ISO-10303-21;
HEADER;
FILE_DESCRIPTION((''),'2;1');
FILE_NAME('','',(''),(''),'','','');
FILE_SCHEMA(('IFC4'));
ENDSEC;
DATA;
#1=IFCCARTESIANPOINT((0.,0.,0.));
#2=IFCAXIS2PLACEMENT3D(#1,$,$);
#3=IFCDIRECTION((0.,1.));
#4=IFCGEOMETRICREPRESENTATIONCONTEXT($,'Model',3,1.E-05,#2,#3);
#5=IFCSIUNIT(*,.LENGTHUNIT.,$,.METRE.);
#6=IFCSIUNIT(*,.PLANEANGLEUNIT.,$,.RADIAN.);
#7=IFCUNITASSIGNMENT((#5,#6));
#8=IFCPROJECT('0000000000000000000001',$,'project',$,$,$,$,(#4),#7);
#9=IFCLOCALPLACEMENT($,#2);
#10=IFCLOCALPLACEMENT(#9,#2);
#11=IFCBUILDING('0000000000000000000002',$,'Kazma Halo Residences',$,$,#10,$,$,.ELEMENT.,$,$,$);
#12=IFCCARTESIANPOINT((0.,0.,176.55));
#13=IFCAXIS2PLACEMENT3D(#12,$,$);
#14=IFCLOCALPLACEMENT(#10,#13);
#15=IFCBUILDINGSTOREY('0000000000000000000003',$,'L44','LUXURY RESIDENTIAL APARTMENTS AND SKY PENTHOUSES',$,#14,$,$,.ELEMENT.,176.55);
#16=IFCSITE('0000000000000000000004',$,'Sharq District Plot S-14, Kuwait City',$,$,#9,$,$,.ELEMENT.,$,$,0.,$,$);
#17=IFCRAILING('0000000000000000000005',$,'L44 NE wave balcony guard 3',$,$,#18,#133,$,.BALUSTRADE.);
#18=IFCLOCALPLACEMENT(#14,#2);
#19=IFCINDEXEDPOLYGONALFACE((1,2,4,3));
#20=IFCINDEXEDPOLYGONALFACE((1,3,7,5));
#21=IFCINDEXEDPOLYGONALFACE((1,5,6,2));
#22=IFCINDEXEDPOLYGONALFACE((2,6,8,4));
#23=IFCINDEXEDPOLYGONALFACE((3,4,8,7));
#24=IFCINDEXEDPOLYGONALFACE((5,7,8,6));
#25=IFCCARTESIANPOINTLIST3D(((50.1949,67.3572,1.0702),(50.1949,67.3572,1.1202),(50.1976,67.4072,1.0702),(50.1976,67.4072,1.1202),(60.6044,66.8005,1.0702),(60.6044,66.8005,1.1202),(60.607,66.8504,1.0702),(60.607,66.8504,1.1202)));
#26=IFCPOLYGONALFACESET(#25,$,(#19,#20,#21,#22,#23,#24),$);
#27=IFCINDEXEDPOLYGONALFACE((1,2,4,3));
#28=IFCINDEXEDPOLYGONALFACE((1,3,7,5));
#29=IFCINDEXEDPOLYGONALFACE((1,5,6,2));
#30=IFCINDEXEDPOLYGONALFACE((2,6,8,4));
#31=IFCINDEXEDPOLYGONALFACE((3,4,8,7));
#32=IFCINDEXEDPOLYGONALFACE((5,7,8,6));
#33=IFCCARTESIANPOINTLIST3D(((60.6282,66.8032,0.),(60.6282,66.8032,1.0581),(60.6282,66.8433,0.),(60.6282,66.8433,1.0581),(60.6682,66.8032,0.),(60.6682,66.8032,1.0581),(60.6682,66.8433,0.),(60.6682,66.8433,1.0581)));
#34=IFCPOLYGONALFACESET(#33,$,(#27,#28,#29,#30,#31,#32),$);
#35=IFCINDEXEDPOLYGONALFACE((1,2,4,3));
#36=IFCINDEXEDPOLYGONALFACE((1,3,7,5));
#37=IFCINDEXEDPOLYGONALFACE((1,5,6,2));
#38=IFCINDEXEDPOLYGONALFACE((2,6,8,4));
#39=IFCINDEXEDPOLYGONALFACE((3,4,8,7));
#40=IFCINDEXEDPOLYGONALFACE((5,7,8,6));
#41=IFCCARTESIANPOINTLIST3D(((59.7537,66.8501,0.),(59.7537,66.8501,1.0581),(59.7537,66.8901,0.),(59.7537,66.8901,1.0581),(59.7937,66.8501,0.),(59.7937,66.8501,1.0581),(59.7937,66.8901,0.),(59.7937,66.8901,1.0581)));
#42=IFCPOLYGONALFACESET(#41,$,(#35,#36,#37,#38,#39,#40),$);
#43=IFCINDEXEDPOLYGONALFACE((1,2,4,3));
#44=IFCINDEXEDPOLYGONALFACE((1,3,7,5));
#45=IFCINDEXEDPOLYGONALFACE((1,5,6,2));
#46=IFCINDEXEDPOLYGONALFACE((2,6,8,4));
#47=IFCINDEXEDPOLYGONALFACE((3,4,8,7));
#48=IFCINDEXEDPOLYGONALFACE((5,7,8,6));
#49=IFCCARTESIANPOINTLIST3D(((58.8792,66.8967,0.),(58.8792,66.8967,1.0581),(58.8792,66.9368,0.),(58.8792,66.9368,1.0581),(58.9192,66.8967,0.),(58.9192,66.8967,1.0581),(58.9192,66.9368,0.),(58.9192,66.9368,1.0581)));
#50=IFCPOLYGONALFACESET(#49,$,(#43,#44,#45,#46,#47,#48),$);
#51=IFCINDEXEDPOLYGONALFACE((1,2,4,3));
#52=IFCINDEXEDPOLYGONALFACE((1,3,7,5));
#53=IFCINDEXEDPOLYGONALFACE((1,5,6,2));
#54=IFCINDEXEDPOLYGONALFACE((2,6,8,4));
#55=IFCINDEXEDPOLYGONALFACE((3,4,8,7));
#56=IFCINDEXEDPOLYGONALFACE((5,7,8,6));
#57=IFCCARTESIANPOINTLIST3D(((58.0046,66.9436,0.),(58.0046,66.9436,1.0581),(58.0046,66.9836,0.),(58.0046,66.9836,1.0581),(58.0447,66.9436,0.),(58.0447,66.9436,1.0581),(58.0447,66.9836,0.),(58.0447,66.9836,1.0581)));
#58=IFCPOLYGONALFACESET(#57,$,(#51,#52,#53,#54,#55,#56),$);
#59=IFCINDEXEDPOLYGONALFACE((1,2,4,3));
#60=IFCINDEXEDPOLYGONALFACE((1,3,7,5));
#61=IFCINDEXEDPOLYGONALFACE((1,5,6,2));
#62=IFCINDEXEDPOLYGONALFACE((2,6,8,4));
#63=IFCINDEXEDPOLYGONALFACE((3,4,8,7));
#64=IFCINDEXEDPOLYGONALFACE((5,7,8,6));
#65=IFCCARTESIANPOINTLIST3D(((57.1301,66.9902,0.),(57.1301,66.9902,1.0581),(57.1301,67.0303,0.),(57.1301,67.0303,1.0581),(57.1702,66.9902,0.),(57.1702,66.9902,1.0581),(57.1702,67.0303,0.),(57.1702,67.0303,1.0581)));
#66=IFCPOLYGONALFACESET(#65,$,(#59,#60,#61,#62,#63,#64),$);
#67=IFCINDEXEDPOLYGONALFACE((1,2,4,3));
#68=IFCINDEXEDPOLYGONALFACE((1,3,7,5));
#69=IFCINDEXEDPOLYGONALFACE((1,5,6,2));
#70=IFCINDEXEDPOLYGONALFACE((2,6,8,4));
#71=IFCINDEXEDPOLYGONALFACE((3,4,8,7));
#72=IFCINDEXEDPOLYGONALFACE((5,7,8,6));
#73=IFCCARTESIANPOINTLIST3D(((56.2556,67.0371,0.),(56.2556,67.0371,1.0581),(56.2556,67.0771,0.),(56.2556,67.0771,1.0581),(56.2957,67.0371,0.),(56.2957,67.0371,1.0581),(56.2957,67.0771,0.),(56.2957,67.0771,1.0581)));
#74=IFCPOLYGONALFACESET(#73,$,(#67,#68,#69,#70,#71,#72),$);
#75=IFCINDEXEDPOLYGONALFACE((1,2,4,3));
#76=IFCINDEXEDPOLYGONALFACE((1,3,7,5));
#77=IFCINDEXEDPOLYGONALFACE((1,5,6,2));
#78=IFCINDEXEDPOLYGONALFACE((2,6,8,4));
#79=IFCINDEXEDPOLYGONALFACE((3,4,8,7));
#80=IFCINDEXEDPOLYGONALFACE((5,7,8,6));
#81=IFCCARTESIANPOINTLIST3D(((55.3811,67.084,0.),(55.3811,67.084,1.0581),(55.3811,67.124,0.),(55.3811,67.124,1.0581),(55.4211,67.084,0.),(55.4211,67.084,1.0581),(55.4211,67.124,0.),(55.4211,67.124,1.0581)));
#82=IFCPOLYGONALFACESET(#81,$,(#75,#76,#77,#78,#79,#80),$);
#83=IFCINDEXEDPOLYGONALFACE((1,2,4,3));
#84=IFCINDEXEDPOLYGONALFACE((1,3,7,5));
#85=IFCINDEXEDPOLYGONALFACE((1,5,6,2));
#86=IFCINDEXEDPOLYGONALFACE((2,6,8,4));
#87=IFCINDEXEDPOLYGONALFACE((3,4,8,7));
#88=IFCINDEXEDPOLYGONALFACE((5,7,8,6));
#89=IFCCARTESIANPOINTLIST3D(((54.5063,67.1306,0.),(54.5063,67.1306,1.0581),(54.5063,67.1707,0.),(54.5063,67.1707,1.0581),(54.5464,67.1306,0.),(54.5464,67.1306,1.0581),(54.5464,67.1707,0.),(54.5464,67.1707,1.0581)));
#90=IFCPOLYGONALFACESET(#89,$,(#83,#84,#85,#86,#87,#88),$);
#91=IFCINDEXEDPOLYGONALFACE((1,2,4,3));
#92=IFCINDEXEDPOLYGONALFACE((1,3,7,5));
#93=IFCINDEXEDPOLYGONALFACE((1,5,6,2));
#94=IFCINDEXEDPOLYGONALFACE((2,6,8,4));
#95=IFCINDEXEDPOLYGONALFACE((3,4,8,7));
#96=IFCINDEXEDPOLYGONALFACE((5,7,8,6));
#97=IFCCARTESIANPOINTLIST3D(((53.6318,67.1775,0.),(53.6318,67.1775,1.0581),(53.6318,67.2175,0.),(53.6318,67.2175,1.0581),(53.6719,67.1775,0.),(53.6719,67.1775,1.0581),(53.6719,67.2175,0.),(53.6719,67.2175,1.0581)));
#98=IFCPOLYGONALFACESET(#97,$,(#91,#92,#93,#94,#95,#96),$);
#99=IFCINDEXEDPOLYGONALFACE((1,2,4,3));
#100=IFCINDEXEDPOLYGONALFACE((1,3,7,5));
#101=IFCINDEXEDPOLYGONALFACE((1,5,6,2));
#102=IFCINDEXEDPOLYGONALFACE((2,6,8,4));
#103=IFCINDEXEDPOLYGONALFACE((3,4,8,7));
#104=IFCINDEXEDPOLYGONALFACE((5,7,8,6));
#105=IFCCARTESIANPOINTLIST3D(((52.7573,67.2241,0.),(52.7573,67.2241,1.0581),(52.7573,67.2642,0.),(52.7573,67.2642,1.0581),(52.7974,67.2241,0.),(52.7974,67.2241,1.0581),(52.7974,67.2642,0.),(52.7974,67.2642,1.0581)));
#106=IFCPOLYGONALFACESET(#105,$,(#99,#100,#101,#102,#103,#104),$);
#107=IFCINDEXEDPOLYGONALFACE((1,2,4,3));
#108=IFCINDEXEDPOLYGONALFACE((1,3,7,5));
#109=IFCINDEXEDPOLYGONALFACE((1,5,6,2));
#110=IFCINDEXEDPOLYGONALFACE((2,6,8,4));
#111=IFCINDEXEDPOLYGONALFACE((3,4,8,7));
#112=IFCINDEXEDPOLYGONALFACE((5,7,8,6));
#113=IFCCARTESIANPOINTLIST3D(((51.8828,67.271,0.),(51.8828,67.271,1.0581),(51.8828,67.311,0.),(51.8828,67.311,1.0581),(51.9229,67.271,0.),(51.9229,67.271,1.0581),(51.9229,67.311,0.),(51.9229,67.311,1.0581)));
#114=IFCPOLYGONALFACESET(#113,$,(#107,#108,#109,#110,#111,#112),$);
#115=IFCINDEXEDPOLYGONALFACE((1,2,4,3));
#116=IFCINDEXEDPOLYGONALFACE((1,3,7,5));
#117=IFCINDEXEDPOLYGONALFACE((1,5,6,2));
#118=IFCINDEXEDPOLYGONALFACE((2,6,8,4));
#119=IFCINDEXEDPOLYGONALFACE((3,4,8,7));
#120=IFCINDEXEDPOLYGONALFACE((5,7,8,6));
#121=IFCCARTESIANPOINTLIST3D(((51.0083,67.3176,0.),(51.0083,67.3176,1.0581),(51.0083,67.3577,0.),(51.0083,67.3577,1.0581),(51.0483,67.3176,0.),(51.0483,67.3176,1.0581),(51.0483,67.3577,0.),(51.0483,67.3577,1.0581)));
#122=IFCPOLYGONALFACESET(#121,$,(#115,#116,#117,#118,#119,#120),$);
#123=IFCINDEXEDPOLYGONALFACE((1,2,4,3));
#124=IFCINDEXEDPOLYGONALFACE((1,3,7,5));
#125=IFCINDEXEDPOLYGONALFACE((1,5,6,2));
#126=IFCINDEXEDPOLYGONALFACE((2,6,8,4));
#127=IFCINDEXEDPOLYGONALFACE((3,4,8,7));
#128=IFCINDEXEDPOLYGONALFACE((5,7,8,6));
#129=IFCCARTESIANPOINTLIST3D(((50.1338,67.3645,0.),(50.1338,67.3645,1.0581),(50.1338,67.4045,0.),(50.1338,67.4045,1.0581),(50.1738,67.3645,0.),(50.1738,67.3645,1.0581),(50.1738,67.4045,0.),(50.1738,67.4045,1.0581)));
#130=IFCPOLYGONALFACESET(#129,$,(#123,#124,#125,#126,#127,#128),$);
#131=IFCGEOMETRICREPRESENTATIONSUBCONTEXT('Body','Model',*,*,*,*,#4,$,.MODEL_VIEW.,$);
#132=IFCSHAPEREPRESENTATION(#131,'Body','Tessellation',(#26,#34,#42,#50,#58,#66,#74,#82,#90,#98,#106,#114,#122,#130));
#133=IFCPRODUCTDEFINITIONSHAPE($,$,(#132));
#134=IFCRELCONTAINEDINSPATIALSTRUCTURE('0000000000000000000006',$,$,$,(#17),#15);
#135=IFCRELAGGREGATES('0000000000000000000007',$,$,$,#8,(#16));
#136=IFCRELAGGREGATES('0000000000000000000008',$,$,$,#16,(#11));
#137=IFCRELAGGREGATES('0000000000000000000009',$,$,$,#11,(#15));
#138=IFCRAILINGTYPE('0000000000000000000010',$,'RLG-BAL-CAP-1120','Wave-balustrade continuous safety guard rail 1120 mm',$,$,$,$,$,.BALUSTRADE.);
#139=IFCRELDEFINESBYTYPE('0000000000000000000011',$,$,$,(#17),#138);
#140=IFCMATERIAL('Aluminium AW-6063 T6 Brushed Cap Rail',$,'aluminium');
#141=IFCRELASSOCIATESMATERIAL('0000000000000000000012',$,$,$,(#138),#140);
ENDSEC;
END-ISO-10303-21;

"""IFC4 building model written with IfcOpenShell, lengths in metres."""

from ifc_helpers import new_model, si_unit, direction, frame, origin, origin_2d, place, context, subcontext, project, spatial, rectangle, extrude, material, type_object, element, save


model = new_model("IFC4")

# Units and contexts
model_context = context("Model", 3, precision=1e-05, world=origin(), true_north=direction((0.0, 1.0)))
body_context = subcontext(model_context, "Body", "Model", "MODEL_VIEW")
ifc_project = project(units=[si_unit("LENGTHUNIT", "METRE"), si_unit("PLANEANGLEUNIT", "RADIAN")], contexts=[model_context])

# Site, building, storey
site_placement = place(None, origin())
site = spatial("IfcSite", under=ifc_project, at=site_placement, Name="Sharq District Plot S-14, Kuwait City", CompositionType="ELEMENT", RefElevation=0.0)
building_placement = place(site_placement, origin())
building = spatial("IfcBuilding", under=site, at=building_placement, Name="Kazma Halo Residences", CompositionType="ELEMENT")
storey_placement = place(building_placement, frame((0.0, 0.0, 176.55)))
storey = spatial("IfcBuildingStorey", under=building, at=storey_placement, Name="L44", Description="LUXURY RESIDENTIAL APARTMENTS AND SKY PENTHOUSES", CompositionType="ELEMENT", Elevation=176.55)

# Railing
ifc_material_1 = material(Name="Aluminium AW-6063 T6 Brushed Cap Rail", Category="aluminium")
railing_type = type_object("IfcRailingType", Name="RLG-BAL-CAP-1120", Description="Wave-balustrade continuous safety guard rail 1120 mm", PredefinedType="BALUSTRADE", material=ifc_material_1)
railing_1_placement = place(storey_placement, frame((60.6482, 66.8232, 0.0)))
element("IfcRailing", 1, at=railing_1_placement, inside=storey, type_object=railing_type, Name="L44 NE wave balcony guard 3", PredefinedType="BALUSTRADE", context=body_context, shape_type="SweptSolid", body=[
    extrude(rectangle(XDim=0.05, YDim=0.05, at=origin_2d()), frame((-0.0425, 0.0022, 1.0952), z_axis=(-0.998573, 0.053407, 0.0), x_axis=(-0.053407, -0.998573, 0.0)), (0.0, 0.0, 1.0), 10.4243),
    extrude(rectangle(XDim=0.04, YDim=0.04, at=origin_2d()), origin(), (0.0, 0.0, 1.0), 1.0581),
    extrude(rectangle(XDim=0.04, YDim=0.04, at=origin_2d()), frame((-0.8745, 0.0469, 0.0)), (0.0, 0.0, 1.0), 1.0581),
    extrude(rectangle(XDim=0.04, YDim=0.04, at=origin_2d()), frame((-1.749, 0.0935, 0.0)), (0.0, 0.0, 1.0), 1.0581),
    extrude(rectangle(XDim=0.04, YDim=0.04, at=origin_2d()), frame((-2.6235, 0.1404, 0.0)), (0.0, 0.0, 1.0), 1.0581),
    extrude(rectangle(XDim=0.04, YDim=0.04, at=origin_2d()), frame((-3.498, 0.187, 0.0)), (0.0, 0.0, 1.0), 1.0581),
    extrude(rectangle(XDim=0.04, YDim=0.04, at=origin_2d()), frame((-4.3726, 0.2339, 0.0)), (0.0, 0.0, 1.0), 1.0581),
    extrude(rectangle(XDim=0.04, YDim=0.04, at=origin_2d()), frame((-5.2471, 0.2808, 0.0)), (0.0, 0.0, 1.0), 1.0581),
    extrude(rectangle(XDim=0.04, YDim=0.04, at=origin_2d()), frame((-6.1218, 0.3274, 0.0)), (0.0, 0.0, 1.0), 1.0581),
    extrude(rectangle(XDim=0.04, YDim=0.04, at=origin_2d()), frame((-6.9963, 0.3743, 0.0)), (0.0, 0.0, 1.0), 1.0581),
    extrude(rectangle(XDim=0.04, YDim=0.04, at=origin_2d()), frame((-7.8708, 0.4209, 0.0)), (0.0, 0.0, 1.0), 1.0581),
    extrude(rectangle(XDim=0.04, YDim=0.04, at=origin_2d()), frame((-8.7454, 0.4678, 0.0)), (0.0, 0.0, 1.0), 1.0581),
    extrude(rectangle(XDim=0.04, YDim=0.04, at=origin_2d()), frame((-9.6199, 0.5144, 0.0)), (0.0, 0.0, 1.0), 1.0581),
    extrude(rectangle(XDim=0.04, YDim=0.04, at=origin_2d()), frame((-10.4944, 0.5613, 0.0)), (0.0, 0.0, 1.0), 1.0581),
])

save(model, "model.ifc")
